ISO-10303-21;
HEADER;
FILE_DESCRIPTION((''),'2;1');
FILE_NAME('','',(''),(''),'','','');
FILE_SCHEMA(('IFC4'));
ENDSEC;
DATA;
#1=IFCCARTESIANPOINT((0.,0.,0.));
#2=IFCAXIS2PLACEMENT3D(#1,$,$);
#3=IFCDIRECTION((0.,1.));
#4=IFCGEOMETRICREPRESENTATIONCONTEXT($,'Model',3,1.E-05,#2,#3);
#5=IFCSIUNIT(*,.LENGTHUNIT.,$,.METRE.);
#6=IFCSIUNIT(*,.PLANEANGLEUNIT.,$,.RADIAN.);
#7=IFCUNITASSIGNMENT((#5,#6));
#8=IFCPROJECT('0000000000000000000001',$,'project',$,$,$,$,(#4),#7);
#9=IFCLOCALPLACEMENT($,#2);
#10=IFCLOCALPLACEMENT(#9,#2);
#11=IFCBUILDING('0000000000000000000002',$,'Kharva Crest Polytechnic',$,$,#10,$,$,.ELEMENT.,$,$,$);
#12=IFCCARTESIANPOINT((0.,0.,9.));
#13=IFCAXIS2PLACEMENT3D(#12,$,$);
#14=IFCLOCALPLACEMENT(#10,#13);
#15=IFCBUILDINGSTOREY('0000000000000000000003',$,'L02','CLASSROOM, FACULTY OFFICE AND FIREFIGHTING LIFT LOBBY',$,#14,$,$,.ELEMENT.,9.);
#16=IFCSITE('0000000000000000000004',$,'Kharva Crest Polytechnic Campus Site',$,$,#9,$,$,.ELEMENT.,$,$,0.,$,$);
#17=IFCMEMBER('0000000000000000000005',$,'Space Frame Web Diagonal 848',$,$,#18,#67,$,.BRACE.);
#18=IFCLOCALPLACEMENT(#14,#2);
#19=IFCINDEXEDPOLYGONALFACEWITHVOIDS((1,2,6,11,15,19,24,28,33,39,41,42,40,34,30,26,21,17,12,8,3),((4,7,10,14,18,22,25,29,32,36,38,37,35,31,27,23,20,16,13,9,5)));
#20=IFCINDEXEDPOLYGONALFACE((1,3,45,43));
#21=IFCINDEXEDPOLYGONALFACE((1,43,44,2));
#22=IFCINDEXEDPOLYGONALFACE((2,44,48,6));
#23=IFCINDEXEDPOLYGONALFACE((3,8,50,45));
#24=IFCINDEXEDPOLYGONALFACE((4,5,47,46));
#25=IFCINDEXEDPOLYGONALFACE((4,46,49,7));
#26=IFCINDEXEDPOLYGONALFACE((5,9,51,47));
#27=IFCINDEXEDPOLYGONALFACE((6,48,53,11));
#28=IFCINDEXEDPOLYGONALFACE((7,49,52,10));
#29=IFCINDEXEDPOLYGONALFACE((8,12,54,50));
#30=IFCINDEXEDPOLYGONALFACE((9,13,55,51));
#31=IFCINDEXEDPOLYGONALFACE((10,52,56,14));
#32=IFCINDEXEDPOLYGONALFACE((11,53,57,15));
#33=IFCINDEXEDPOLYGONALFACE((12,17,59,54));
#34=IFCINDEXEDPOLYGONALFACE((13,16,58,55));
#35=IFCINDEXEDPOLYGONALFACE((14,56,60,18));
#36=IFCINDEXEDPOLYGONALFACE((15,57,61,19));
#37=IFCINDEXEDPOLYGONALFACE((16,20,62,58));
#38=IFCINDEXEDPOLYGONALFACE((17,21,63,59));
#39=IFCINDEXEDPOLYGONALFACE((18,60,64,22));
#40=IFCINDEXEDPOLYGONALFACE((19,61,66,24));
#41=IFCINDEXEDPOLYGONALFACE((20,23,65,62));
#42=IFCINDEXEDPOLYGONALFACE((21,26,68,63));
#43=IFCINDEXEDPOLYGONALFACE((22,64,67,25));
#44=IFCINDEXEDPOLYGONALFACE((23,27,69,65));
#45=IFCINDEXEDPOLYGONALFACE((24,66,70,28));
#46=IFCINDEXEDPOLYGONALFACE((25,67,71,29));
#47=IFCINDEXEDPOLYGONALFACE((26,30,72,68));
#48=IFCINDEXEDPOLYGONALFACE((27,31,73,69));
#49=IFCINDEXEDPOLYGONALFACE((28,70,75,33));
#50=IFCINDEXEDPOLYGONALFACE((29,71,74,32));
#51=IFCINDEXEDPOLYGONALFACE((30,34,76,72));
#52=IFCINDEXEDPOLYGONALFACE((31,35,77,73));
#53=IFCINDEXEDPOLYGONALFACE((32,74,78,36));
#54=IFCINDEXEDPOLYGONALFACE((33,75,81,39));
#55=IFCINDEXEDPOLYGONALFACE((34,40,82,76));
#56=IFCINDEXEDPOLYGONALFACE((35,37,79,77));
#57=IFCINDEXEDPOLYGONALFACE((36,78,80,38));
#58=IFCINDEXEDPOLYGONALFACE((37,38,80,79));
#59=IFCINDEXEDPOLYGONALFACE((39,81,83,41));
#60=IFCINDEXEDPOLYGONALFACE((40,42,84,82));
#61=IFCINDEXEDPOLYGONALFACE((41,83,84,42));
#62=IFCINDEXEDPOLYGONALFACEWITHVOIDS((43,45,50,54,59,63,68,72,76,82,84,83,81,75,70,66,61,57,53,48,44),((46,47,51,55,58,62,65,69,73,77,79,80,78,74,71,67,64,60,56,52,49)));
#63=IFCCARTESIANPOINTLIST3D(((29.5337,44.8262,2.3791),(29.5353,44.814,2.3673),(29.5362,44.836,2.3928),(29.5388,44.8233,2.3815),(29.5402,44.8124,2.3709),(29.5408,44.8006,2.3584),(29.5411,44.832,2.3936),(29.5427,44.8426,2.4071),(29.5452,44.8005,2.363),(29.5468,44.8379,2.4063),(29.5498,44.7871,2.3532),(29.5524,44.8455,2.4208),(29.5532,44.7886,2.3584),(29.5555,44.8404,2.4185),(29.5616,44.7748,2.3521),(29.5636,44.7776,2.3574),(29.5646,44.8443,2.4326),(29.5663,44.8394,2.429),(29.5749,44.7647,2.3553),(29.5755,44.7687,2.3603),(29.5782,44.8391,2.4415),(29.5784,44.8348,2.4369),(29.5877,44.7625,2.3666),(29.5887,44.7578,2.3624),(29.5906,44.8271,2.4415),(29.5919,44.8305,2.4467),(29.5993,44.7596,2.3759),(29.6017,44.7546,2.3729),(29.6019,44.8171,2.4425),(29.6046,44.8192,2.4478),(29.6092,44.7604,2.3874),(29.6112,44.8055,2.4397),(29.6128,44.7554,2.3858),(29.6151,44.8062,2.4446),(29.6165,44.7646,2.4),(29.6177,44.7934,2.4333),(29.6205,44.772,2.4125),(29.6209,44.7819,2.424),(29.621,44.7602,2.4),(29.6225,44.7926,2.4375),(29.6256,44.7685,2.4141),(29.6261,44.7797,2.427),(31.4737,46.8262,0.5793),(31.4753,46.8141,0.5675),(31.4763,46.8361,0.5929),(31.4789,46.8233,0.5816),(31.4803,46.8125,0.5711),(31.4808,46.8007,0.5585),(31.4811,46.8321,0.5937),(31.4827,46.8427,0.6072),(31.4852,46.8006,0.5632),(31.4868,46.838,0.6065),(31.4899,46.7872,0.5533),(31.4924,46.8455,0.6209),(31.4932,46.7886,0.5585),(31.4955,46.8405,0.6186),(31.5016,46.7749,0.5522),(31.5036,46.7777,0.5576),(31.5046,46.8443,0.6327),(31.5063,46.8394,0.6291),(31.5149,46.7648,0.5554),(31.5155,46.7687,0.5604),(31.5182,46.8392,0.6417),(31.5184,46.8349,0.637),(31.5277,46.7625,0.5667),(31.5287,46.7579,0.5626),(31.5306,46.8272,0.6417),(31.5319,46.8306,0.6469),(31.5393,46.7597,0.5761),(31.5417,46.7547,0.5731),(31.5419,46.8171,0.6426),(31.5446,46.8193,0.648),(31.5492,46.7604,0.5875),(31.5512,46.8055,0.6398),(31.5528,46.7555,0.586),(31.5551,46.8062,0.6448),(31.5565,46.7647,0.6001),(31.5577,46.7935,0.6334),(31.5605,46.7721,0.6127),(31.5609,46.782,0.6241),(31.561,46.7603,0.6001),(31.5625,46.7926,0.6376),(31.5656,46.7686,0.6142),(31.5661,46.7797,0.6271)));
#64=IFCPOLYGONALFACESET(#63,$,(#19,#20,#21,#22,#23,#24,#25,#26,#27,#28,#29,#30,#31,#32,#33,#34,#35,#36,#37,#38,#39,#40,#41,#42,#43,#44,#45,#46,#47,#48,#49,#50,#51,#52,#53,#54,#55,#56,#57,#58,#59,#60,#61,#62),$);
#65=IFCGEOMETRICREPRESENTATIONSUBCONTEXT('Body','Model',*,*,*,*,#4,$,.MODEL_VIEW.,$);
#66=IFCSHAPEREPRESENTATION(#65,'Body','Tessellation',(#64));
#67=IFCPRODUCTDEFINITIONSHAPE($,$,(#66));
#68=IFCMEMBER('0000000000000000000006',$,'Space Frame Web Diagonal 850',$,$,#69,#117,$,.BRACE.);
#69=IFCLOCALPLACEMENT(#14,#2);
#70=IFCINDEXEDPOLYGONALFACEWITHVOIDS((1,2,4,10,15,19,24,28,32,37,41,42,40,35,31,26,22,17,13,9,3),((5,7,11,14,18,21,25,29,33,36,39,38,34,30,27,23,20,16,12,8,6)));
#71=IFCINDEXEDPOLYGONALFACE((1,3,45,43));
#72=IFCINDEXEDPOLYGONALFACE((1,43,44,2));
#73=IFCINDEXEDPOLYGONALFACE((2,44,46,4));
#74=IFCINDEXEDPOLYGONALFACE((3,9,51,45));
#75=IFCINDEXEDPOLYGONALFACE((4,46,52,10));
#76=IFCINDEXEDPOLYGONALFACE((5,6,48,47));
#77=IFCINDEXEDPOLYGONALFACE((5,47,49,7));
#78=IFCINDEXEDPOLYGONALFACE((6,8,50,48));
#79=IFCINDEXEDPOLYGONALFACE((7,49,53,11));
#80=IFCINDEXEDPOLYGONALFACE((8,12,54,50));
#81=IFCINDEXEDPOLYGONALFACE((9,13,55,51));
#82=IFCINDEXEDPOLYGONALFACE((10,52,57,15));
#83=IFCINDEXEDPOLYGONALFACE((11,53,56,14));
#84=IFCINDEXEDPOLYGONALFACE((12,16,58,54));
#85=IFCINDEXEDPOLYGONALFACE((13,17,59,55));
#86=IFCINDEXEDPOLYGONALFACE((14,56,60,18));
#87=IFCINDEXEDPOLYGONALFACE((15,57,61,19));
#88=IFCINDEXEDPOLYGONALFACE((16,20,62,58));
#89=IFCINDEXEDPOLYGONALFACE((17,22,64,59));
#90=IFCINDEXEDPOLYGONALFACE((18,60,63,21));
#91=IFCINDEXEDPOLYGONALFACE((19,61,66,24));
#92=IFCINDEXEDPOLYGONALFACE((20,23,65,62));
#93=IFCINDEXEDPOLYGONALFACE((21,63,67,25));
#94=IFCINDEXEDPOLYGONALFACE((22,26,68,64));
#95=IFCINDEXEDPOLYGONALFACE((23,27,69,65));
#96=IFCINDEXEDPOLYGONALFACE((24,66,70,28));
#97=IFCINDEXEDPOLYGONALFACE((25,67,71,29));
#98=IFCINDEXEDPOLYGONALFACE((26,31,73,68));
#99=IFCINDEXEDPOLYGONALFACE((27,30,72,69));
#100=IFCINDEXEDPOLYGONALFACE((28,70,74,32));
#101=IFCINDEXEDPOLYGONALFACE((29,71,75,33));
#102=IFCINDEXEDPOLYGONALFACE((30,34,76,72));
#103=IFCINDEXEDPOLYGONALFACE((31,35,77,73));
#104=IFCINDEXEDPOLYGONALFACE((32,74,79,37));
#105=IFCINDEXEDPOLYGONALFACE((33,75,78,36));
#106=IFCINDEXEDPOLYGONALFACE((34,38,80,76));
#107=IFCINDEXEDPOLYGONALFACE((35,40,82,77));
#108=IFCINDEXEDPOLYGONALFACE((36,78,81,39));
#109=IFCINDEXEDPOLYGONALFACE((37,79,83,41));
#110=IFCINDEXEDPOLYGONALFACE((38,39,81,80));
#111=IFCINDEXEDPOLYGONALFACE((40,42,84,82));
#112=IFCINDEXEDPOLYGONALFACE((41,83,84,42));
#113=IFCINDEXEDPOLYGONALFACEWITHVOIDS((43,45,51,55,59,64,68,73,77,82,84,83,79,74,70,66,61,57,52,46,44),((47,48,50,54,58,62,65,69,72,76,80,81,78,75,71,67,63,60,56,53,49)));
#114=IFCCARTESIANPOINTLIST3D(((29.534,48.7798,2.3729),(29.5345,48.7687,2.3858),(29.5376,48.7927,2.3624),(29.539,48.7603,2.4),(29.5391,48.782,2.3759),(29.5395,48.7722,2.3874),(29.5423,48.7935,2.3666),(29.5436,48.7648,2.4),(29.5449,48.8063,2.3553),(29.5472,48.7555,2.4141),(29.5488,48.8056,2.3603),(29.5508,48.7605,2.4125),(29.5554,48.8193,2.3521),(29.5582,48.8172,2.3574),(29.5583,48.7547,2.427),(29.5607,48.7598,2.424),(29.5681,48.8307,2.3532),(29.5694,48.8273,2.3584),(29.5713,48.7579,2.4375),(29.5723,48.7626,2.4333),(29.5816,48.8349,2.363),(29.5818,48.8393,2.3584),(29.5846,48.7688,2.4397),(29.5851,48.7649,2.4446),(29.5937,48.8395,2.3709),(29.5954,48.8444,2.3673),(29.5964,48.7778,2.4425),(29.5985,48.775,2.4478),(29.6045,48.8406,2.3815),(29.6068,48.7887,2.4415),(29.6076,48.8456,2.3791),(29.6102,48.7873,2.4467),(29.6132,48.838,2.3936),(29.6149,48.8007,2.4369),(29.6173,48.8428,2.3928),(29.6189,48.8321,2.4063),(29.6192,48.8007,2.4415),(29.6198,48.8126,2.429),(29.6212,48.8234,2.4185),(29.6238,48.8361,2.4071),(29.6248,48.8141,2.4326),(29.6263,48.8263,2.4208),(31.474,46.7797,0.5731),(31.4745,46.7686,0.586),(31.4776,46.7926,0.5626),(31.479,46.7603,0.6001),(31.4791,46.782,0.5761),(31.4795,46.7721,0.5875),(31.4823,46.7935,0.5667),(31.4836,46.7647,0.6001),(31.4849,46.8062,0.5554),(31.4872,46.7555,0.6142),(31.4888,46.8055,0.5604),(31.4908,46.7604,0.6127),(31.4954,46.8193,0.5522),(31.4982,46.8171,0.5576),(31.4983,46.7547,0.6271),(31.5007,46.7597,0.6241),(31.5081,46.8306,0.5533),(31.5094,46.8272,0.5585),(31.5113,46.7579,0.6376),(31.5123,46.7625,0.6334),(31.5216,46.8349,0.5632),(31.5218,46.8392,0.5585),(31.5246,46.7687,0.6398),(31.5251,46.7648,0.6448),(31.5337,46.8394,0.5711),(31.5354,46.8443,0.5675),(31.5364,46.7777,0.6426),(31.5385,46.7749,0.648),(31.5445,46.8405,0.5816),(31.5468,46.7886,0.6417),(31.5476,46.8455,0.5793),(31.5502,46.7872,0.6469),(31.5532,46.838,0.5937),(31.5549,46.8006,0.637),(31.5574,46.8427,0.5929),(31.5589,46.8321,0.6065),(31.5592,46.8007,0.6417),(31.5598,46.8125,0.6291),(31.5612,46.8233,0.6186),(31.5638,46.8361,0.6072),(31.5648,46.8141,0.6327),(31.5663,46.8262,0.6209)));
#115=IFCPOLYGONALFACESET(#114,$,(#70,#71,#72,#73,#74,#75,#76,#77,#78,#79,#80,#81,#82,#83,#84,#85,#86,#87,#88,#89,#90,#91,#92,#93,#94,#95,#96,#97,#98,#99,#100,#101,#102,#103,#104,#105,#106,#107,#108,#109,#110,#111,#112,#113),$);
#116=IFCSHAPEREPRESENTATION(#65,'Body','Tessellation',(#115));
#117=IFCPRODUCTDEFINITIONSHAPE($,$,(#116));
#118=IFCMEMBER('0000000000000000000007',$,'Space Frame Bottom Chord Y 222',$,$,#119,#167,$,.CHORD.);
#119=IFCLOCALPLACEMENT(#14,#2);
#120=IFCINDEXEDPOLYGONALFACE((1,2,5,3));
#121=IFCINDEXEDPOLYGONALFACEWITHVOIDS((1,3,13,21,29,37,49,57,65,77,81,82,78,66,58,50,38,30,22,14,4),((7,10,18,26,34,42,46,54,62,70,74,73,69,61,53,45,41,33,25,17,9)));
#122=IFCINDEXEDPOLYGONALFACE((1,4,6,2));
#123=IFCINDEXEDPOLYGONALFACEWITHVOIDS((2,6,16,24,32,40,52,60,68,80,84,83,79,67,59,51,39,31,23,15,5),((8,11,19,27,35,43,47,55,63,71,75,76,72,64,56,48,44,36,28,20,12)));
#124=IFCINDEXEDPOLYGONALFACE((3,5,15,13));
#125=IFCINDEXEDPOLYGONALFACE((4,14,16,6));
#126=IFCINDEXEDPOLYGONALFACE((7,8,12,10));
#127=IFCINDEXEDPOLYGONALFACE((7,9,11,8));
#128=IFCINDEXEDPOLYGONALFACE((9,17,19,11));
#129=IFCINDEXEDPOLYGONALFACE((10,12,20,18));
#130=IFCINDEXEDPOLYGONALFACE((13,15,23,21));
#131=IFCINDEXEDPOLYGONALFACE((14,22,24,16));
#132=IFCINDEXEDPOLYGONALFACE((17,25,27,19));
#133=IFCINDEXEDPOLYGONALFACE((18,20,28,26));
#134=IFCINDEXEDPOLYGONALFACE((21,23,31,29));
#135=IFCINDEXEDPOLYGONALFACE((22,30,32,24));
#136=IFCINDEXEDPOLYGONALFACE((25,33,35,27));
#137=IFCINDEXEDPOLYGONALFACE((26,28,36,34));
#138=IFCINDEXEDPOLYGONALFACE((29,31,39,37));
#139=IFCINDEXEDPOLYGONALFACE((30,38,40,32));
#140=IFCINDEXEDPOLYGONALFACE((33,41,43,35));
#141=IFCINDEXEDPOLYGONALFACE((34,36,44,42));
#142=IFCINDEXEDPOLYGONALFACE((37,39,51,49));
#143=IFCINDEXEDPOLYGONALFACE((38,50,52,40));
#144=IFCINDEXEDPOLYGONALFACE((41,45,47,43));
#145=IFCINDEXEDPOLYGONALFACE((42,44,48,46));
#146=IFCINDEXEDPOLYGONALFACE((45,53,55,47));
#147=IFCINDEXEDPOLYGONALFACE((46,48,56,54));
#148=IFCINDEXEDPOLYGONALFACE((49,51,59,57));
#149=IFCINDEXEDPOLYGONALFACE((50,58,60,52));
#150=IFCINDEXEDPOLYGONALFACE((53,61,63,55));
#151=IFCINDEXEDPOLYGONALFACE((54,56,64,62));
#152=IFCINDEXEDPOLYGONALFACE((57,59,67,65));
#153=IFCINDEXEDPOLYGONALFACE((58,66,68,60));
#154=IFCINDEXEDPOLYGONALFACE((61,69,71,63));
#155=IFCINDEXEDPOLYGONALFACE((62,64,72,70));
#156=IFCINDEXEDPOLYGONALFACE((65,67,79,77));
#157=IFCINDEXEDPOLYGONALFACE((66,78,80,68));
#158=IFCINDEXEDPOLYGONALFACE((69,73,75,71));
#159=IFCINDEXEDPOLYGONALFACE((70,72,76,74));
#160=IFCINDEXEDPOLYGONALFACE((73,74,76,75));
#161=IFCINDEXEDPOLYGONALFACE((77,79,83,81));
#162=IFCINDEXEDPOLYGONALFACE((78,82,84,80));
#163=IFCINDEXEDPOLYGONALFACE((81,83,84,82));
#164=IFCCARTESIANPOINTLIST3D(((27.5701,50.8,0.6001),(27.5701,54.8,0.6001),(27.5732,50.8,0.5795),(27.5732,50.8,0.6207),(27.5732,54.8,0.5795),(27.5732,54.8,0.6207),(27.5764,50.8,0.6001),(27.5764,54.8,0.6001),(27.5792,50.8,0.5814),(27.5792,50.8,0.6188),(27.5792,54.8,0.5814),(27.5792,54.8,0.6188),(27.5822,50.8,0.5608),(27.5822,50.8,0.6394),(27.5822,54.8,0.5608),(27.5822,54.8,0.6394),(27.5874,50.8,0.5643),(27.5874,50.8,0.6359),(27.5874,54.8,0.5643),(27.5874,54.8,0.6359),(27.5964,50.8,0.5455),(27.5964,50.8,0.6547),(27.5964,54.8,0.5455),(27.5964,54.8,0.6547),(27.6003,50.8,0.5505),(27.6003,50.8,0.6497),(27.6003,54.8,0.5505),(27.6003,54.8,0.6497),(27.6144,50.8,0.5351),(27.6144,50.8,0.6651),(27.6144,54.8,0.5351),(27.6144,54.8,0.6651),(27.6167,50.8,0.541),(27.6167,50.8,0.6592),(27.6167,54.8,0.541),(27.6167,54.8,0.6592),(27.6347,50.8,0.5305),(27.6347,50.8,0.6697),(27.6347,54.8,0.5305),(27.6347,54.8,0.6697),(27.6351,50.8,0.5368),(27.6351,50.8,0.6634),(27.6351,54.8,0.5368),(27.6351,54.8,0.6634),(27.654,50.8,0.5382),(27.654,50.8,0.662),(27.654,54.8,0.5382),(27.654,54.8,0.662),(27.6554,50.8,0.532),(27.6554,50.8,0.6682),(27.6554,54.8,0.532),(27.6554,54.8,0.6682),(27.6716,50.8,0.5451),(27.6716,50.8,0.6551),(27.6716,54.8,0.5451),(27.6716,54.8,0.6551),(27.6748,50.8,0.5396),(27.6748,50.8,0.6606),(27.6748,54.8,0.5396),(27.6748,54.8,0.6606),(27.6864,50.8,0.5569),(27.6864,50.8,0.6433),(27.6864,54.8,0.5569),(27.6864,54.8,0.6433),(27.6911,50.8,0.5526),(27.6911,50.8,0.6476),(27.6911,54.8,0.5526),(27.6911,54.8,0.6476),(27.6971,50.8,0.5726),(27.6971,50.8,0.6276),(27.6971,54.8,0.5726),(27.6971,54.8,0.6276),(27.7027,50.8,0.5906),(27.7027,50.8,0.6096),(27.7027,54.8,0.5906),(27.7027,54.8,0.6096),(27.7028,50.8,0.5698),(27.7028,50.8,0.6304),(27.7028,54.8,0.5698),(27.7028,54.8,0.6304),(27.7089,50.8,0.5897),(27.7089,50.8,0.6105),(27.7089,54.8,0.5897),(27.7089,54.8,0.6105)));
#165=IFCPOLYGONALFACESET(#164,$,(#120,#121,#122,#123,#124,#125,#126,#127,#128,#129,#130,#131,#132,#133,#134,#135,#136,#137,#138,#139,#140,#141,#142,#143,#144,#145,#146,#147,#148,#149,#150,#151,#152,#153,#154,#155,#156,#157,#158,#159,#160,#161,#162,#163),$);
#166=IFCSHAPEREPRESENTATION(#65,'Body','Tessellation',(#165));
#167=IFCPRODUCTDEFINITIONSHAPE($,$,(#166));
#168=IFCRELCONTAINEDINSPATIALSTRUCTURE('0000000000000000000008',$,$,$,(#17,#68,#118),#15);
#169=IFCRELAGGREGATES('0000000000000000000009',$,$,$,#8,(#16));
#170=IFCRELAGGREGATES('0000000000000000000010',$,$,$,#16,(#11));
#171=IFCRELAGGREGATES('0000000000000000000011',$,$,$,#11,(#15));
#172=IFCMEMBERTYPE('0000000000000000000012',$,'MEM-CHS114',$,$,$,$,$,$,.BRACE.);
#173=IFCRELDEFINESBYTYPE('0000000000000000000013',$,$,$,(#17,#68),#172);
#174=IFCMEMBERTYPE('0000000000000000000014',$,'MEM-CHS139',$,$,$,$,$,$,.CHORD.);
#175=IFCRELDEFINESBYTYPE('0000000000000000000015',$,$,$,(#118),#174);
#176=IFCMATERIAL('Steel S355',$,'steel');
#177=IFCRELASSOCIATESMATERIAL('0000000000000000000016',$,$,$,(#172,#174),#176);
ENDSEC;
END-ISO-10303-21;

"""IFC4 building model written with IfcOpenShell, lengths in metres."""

from ifc_helpers import new_model, si_unit, direction, frame, origin, origin_2d, place, context, subcontext, project, spatial, hollow_circle, extrude, material, material_profile, profile_set, type_object, element, save


model = new_model("IFC4")

# Units and contexts
model_context = context("Model", 3, precision=1e-05, world=origin(), true_north=direction((0.0, 1.0)))
body_context = subcontext(model_context, "Body", "Model", "MODEL_VIEW")
ifc_project = project(units=[si_unit("LENGTHUNIT", "METRE"), si_unit("PLANEANGLEUNIT", "RADIAN")], contexts=[model_context])

# Site, building, storey
site_placement = place(None, origin())
site = spatial("IfcSite", under=ifc_project, at=site_placement, Name="Kharva Crest Polytechnic Campus Site", CompositionType="ELEMENT", RefElevation=0.0)
building_placement = place(site_placement, origin())
building = spatial("IfcBuilding", under=site, at=building_placement, Name="Kharva Crest Polytechnic", CompositionType="ELEMENT")
storey_placement = place(building_placement, frame((0.0, 0.0, 9.0)))
storey = spatial("IfcBuildingStorey", under=building, at=storey_placement, Name="L02", Description="CLASSROOM, FACULTY OFFICE AND FIREFIGHTING LIFT LOBBY", CompositionType="ELEMENT", Elevation=9.0)

# Shared definitions
ifc_material_1 = material(Name="Steel S355", Category="steel")

# Members
ifc_material_profile_1 = material_profile(ifc_material_1, hollow_circle(Radius=0.0571, WallThickness=0.0063, at=origin_2d()), Name="CHS 114.3X6.3")
ifc_profile_set_1 = profile_set([ifc_material_profile_1], Name="Steel S355")
member_type_1 = type_object("IfcMemberType", Name="MEM-CHS114", PredefinedType="BRACE", material=ifc_profile_set_1)
for number, where, z_axis, x_axis, name in (
    (1, (31.52, 46.8, 0.6001), (-0.584843, -0.60295, 0.542596), (0.717802, -0.696247, 0.0), "Space Frame Web Diagonal 848"),
    (2, (31.52, 46.8, 0.6001), (-0.584843, 0.60295, 0.542596), (-0.717802, -0.696247, 0.0), "Space Frame Web Diagonal 850"),
):
    element("IfcMember", number, at=place(storey_placement, frame(where, z_axis=z_axis, x_axis=x_axis)), inside=storey, type_object=member_type_1, Name=name, PredefinedType="BRACE", context=body_context, shape_type="SweptSolid", body=[
        extrude(hollow_circle(Radius=0.0571, WallThickness=0.0063, at=origin_2d()), origin(), (0.0, 0.0, 1.0), 3.3171),
    ])
ifc_material_profile_2 = material_profile(ifc_material_1, hollow_circle(Radius=0.0698, WallThickness=0.0063, at=origin_2d()), Name="CHS 139.7X6.3")
ifc_profile_set_2 = profile_set([ifc_material_profile_2], Name="Steel S355")
member_type_2 = type_object("IfcMemberType", Name="MEM-CHS139", PredefinedType="CHORD", material=ifc_profile_set_2)
for number, where, z_axis, x_axis, name in (
    (3, (27.6399, 50.8, 0.6001), (0.0, 1.0, 0.0), (-1.0, 0.0, 0.0), "Space Frame Bottom Chord Y 222"),
):
    element("IfcMember", number, at=place(storey_placement, frame(where, z_axis=z_axis, x_axis=x_axis)), inside=storey, type_object=member_type_2, Name=name, PredefinedType="CHORD", context=body_context, shape_type="SweptSolid", body=[
        extrude(hollow_circle(Radius=0.0698, WallThickness=0.0063, at=origin_2d()), origin(), (0.0, 0.0, 1.0), 4.0),
    ])

save(model, "model.ifc")
